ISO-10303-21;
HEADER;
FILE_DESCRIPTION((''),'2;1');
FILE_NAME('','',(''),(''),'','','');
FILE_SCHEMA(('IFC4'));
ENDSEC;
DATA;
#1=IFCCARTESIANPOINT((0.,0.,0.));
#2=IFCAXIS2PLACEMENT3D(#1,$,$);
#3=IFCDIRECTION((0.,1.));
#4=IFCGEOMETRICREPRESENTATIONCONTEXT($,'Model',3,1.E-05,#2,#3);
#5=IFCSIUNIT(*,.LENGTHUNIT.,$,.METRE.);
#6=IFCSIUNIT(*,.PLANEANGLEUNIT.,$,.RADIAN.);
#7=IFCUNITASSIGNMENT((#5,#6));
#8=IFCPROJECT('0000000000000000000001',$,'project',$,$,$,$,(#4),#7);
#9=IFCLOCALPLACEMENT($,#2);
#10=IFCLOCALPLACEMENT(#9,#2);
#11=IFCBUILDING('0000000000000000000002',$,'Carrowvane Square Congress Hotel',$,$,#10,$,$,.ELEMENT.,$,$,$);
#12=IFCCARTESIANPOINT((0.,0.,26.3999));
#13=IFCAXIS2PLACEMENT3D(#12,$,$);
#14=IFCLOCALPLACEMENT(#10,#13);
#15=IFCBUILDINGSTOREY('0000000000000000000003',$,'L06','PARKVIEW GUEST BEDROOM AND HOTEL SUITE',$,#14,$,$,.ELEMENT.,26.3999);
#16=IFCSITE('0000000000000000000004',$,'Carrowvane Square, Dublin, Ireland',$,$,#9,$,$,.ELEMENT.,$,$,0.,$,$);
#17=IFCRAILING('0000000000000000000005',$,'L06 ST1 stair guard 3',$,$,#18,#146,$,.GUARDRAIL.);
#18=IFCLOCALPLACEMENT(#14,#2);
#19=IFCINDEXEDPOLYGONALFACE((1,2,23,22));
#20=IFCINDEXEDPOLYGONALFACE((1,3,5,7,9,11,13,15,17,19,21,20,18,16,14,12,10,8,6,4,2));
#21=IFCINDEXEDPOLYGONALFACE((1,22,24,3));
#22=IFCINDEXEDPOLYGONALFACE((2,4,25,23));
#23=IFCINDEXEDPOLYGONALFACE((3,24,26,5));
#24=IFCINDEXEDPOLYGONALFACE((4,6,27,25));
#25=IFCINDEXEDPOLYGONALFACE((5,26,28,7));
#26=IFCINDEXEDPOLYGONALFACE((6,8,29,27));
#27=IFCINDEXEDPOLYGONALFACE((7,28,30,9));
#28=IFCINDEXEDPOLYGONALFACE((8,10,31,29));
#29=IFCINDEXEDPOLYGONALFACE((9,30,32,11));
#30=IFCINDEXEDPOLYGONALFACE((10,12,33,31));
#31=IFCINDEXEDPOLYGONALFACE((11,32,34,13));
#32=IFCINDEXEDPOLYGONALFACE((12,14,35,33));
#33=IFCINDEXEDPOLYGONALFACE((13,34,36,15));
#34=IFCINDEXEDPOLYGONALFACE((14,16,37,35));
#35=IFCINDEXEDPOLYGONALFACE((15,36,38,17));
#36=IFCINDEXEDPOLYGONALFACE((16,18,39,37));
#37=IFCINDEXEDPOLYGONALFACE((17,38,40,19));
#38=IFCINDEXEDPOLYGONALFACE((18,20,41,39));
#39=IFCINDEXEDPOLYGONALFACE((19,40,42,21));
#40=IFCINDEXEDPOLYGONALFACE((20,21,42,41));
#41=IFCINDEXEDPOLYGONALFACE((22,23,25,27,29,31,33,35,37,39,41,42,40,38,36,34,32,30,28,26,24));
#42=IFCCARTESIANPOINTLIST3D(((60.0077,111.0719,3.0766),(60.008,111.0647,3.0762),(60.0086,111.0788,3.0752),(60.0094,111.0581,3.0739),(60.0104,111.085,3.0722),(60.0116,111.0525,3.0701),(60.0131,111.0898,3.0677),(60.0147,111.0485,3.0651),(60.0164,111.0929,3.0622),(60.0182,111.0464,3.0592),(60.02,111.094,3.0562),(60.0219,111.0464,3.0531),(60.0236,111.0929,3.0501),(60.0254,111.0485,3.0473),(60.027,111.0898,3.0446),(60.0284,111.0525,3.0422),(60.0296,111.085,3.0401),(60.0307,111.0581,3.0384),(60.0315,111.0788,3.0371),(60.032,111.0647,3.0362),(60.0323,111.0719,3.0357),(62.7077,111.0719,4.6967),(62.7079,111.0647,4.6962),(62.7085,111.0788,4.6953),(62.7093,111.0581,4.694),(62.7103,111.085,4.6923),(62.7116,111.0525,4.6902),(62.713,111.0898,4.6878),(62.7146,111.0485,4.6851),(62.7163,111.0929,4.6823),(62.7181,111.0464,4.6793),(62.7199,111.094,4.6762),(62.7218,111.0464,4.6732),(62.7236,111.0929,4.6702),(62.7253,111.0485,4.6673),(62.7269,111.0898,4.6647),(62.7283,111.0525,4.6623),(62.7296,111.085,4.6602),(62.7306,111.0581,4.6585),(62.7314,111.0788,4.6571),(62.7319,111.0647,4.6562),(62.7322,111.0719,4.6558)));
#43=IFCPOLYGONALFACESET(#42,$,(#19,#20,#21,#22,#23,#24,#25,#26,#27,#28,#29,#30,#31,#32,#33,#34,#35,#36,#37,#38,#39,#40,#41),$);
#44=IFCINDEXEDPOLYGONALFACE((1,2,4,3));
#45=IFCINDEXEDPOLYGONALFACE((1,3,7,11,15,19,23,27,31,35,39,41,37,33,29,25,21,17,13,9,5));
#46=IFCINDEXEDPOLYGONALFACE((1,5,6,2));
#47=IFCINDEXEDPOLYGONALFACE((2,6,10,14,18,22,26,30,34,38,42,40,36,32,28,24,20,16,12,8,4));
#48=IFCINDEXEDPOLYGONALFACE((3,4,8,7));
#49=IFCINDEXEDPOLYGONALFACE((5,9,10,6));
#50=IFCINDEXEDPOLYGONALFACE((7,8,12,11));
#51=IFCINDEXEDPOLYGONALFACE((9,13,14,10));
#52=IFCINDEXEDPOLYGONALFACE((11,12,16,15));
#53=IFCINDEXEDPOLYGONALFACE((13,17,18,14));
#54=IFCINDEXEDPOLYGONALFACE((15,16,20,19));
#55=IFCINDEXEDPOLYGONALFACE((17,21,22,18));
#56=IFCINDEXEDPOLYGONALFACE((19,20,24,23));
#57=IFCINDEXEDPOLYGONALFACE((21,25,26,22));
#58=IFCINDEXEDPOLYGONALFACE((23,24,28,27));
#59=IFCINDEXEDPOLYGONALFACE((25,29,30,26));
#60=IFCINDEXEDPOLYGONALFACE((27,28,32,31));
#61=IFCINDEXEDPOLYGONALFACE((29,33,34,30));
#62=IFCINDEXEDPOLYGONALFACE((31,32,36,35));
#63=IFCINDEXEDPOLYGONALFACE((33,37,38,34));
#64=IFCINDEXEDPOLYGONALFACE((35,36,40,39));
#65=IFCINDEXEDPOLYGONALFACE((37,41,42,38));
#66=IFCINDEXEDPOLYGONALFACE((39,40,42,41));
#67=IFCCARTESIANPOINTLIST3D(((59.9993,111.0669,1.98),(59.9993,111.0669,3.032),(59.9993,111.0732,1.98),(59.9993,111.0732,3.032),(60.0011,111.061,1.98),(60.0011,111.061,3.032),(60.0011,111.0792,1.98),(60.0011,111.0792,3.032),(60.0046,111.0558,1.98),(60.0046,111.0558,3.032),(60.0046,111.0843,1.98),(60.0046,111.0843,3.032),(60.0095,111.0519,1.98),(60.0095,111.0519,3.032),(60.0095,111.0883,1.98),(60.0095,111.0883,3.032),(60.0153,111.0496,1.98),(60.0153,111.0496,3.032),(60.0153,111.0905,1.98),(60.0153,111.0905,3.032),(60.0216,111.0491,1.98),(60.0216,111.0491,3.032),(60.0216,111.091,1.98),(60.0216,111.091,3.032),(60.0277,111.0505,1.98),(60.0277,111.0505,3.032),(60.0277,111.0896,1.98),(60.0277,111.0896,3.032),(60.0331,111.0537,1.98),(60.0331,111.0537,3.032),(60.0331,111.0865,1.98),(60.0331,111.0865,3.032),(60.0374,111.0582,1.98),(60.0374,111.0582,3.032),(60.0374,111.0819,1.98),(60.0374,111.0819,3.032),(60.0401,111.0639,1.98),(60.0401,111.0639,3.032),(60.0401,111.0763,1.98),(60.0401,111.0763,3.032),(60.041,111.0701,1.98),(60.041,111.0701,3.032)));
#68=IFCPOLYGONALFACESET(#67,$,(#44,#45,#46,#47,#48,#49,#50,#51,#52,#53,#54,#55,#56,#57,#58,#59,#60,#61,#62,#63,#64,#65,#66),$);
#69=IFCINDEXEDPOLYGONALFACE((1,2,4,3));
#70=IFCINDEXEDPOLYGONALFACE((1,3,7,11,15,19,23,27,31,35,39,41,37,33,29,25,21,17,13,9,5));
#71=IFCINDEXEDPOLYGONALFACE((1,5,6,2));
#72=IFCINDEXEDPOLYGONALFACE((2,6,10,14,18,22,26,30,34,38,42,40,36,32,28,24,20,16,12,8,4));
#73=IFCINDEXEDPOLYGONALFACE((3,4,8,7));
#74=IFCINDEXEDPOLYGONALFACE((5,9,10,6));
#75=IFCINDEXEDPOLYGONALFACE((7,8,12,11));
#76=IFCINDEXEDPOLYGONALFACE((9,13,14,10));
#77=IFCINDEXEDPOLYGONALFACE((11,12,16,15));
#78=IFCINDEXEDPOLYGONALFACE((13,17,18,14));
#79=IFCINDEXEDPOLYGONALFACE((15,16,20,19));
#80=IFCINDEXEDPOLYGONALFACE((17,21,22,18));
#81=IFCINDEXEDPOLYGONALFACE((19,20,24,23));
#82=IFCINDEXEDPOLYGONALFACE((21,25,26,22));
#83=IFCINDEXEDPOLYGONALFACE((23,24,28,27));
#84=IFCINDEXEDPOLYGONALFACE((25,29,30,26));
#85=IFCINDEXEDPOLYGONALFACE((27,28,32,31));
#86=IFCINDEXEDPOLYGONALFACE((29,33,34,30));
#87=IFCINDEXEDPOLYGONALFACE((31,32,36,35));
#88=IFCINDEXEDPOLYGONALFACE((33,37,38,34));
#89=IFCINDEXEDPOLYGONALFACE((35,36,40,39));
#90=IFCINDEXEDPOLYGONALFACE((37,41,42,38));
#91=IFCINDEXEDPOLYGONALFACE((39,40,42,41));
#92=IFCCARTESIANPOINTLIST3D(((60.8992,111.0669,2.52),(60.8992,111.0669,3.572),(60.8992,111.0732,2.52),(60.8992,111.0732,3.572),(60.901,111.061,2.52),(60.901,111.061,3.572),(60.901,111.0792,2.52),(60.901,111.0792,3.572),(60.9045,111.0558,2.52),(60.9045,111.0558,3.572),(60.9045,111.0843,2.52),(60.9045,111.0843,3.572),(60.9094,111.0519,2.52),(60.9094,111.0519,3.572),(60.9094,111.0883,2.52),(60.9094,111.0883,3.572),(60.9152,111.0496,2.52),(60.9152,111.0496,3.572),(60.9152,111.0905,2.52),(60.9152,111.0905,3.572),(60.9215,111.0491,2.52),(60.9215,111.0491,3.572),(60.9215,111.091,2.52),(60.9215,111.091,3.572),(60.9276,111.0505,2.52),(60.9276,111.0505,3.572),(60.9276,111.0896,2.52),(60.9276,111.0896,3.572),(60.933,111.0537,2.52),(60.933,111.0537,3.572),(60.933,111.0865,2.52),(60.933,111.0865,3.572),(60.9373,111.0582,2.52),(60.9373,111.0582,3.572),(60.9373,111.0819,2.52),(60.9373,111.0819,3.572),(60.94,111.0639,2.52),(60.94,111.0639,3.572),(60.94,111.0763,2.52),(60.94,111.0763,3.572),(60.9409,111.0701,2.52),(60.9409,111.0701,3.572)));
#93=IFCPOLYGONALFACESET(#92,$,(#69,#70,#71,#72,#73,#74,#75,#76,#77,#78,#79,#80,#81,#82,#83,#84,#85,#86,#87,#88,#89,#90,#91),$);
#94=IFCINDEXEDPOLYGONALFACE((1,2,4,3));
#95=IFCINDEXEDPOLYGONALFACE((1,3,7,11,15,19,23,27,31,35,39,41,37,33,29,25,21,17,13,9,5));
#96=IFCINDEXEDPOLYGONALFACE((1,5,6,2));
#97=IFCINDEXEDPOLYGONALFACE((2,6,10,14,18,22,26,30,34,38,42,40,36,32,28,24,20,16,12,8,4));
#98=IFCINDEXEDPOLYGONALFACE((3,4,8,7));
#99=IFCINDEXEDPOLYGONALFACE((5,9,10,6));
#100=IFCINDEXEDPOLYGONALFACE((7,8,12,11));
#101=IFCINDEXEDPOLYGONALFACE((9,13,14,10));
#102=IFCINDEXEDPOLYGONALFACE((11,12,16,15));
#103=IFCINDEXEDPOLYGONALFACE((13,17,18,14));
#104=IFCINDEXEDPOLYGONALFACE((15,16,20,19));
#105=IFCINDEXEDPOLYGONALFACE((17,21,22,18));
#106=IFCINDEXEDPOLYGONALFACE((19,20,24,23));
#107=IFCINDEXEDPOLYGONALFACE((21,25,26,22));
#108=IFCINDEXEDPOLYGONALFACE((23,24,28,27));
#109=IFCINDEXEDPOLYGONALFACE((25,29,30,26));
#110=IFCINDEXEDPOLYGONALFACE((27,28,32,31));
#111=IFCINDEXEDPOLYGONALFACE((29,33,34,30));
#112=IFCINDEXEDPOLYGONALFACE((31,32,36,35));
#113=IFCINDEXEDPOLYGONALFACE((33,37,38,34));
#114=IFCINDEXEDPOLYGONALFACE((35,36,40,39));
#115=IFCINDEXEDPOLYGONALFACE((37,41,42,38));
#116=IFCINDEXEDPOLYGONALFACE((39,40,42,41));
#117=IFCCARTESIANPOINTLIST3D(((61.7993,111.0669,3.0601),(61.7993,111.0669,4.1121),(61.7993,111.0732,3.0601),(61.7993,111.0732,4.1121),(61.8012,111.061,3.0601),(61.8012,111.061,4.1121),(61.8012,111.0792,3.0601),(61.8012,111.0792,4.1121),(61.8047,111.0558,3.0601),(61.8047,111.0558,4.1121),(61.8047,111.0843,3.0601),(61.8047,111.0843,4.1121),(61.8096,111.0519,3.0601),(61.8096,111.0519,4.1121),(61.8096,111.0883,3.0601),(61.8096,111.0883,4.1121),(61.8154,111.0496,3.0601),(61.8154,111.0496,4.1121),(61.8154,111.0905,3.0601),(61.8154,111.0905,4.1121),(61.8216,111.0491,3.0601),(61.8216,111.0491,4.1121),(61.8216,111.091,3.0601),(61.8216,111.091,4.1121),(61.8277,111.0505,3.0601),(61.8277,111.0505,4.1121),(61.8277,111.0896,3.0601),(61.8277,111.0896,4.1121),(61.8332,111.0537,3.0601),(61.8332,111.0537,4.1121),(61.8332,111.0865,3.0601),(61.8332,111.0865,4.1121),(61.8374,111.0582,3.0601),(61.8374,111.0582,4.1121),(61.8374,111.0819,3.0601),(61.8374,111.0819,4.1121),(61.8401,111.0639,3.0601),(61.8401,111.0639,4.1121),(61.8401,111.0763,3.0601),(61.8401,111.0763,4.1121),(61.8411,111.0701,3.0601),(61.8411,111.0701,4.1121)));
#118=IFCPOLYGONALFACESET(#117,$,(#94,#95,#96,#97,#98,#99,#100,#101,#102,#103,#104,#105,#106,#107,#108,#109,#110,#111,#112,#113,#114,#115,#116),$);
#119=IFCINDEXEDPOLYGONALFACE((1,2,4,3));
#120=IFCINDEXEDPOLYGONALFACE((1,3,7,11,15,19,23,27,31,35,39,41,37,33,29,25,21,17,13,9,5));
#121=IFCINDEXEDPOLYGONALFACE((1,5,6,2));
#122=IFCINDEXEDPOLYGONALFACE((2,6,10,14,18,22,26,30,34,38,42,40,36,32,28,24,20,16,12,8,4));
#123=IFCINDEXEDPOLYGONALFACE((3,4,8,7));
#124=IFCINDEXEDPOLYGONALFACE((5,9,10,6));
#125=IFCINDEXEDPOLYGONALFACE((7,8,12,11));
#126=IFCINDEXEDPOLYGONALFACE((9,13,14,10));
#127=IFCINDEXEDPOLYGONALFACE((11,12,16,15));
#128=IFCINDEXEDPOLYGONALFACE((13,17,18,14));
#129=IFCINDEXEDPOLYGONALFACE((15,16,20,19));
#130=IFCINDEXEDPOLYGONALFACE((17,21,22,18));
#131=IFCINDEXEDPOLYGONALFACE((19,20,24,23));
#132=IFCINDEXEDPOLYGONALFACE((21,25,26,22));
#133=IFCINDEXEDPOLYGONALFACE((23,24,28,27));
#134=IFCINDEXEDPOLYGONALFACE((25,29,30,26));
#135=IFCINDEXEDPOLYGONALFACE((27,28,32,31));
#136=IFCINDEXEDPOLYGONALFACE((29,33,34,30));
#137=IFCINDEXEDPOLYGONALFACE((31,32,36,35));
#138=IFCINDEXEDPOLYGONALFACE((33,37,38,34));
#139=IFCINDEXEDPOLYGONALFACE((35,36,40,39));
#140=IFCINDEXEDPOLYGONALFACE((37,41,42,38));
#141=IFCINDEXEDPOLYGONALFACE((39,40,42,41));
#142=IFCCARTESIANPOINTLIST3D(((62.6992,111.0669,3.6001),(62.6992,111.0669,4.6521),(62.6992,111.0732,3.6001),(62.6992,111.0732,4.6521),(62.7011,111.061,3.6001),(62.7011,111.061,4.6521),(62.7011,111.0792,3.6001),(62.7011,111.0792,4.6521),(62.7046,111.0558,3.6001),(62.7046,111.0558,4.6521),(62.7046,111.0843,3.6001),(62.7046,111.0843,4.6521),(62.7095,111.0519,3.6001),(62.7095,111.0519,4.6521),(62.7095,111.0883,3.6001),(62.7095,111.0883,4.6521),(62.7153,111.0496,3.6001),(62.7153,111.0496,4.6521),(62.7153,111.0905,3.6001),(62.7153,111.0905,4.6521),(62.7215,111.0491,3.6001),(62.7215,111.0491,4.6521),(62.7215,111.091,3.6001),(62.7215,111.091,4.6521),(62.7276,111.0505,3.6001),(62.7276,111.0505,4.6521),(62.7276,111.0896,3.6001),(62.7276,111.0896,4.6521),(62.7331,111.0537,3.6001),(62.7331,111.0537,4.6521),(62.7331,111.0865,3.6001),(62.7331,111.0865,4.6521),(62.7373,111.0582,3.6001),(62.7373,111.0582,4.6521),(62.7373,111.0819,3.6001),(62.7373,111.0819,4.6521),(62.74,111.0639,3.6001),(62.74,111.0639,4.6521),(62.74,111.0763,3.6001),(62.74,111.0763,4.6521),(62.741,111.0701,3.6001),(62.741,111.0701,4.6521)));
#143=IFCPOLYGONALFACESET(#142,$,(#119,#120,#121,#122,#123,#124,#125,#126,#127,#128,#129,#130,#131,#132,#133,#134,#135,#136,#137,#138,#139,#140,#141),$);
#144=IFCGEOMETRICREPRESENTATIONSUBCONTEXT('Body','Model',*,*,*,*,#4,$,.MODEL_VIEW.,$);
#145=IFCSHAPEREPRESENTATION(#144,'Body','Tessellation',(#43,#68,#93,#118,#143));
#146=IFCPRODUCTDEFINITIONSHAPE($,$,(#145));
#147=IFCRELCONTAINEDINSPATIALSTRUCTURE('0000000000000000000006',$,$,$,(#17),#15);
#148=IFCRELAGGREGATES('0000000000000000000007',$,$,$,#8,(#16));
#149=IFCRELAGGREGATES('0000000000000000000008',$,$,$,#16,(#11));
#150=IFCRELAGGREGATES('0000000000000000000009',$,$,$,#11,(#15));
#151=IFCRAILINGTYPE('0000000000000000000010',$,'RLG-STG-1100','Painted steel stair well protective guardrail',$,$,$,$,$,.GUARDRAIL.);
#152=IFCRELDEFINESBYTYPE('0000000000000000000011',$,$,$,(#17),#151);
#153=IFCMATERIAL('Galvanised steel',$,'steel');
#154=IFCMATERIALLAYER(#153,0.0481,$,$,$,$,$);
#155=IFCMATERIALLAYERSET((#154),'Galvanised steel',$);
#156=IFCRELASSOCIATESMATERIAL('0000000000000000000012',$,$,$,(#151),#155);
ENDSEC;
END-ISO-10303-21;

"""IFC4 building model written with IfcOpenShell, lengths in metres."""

from ifc_helpers import new_model, si_unit, direction, frame, origin, origin_2d, place, context, subcontext, project, spatial, circle, extrude, material, layer, layer_set, type_object, element, save


model = new_model("IFC4")

# Units and contexts
model_context = context("Model", 3, precision=1e-05, world=origin(), true_north=direction((0.0, 1.0)))
body_context = subcontext(model_context, "Body", "Model", "MODEL_VIEW")
ifc_project = project(units=[si_unit("LENGTHUNIT", "METRE"), si_unit("PLANEANGLEUNIT", "RADIAN")], contexts=[model_context])

# Site, building, storey
site_placement = place(None, origin())
site = spatial("IfcSite", under=ifc_project, at=site_placement, Name="Carrowvane Square, Dublin, Ireland", CompositionType="ELEMENT", RefElevation=0.0)
building_placement = place(site_placement, origin())
building = spatial("IfcBuilding", under=site, at=building_placement, Name="Carrowvane Square Congress Hotel", CompositionType="ELEMENT")
storey_placement = place(building_placement, frame((0.0, 0.0, 26.3999)))
storey = spatial("IfcBuildingStorey", under=building, at=storey_placement, Name="L06", Description="PARKVIEW GUEST BEDROOM AND HOTEL SUITE", CompositionType="ELEMENT", Elevation=26.3999)

# Railing
ifc_material_1 = material(Name="Galvanised steel", Category="steel")
ifc_layer_1 = layer(ifc_material_1, 0.0481)
ifc_layer_set_1 = layer_set([ifc_layer_1], Name="Galvanised steel")
railing_type_1 = type_object("IfcRailingType", Name="RLG-STG-1100", Description="Painted steel stair well protective guardrail", PredefinedType="GUARDRAIL", material=ifc_layer_set_1)
railing_1_placement = place(storey_placement, frame((60.02, 111.0701, 1.98)))
element("IfcRailing", 1, at=railing_1_placement, inside=storey, type_object=railing_type_1, Name="L06 ST1 stair guard 3", PredefinedType="GUARDRAIL", context=body_context, shape_type="SweptSolid", body=[
    extrude(circle(Radius=0.0239, at=origin_2d()), frame((0.0, 0.0, 1.0762), z_axis=(0.857472, 0.0, 0.51453), x_axis=(0.0, 1.0, 0.0)), (0.0, 0.0, 1.0), 3.1487),
    extrude(circle(Radius=0.021, at=origin_2d()), origin(), (0.0, 0.0, 1.0), 1.052),
    extrude(circle(Radius=0.021, at=origin_2d()), frame((0.8999, 0.0, 0.54)), (0.0, 0.0, 1.0), 1.052),
    extrude(circle(Radius=0.021, at=origin_2d()), frame((1.8, 0.0, 1.0801)), (0.0, 0.0, 1.0), 1.052),
    extrude(circle(Radius=0.021, at=origin_2d()), frame((2.7, 0.0, 1.6201)), (0.0, 0.0, 1.0), 1.052),
])

save(model, "model.ifc")
